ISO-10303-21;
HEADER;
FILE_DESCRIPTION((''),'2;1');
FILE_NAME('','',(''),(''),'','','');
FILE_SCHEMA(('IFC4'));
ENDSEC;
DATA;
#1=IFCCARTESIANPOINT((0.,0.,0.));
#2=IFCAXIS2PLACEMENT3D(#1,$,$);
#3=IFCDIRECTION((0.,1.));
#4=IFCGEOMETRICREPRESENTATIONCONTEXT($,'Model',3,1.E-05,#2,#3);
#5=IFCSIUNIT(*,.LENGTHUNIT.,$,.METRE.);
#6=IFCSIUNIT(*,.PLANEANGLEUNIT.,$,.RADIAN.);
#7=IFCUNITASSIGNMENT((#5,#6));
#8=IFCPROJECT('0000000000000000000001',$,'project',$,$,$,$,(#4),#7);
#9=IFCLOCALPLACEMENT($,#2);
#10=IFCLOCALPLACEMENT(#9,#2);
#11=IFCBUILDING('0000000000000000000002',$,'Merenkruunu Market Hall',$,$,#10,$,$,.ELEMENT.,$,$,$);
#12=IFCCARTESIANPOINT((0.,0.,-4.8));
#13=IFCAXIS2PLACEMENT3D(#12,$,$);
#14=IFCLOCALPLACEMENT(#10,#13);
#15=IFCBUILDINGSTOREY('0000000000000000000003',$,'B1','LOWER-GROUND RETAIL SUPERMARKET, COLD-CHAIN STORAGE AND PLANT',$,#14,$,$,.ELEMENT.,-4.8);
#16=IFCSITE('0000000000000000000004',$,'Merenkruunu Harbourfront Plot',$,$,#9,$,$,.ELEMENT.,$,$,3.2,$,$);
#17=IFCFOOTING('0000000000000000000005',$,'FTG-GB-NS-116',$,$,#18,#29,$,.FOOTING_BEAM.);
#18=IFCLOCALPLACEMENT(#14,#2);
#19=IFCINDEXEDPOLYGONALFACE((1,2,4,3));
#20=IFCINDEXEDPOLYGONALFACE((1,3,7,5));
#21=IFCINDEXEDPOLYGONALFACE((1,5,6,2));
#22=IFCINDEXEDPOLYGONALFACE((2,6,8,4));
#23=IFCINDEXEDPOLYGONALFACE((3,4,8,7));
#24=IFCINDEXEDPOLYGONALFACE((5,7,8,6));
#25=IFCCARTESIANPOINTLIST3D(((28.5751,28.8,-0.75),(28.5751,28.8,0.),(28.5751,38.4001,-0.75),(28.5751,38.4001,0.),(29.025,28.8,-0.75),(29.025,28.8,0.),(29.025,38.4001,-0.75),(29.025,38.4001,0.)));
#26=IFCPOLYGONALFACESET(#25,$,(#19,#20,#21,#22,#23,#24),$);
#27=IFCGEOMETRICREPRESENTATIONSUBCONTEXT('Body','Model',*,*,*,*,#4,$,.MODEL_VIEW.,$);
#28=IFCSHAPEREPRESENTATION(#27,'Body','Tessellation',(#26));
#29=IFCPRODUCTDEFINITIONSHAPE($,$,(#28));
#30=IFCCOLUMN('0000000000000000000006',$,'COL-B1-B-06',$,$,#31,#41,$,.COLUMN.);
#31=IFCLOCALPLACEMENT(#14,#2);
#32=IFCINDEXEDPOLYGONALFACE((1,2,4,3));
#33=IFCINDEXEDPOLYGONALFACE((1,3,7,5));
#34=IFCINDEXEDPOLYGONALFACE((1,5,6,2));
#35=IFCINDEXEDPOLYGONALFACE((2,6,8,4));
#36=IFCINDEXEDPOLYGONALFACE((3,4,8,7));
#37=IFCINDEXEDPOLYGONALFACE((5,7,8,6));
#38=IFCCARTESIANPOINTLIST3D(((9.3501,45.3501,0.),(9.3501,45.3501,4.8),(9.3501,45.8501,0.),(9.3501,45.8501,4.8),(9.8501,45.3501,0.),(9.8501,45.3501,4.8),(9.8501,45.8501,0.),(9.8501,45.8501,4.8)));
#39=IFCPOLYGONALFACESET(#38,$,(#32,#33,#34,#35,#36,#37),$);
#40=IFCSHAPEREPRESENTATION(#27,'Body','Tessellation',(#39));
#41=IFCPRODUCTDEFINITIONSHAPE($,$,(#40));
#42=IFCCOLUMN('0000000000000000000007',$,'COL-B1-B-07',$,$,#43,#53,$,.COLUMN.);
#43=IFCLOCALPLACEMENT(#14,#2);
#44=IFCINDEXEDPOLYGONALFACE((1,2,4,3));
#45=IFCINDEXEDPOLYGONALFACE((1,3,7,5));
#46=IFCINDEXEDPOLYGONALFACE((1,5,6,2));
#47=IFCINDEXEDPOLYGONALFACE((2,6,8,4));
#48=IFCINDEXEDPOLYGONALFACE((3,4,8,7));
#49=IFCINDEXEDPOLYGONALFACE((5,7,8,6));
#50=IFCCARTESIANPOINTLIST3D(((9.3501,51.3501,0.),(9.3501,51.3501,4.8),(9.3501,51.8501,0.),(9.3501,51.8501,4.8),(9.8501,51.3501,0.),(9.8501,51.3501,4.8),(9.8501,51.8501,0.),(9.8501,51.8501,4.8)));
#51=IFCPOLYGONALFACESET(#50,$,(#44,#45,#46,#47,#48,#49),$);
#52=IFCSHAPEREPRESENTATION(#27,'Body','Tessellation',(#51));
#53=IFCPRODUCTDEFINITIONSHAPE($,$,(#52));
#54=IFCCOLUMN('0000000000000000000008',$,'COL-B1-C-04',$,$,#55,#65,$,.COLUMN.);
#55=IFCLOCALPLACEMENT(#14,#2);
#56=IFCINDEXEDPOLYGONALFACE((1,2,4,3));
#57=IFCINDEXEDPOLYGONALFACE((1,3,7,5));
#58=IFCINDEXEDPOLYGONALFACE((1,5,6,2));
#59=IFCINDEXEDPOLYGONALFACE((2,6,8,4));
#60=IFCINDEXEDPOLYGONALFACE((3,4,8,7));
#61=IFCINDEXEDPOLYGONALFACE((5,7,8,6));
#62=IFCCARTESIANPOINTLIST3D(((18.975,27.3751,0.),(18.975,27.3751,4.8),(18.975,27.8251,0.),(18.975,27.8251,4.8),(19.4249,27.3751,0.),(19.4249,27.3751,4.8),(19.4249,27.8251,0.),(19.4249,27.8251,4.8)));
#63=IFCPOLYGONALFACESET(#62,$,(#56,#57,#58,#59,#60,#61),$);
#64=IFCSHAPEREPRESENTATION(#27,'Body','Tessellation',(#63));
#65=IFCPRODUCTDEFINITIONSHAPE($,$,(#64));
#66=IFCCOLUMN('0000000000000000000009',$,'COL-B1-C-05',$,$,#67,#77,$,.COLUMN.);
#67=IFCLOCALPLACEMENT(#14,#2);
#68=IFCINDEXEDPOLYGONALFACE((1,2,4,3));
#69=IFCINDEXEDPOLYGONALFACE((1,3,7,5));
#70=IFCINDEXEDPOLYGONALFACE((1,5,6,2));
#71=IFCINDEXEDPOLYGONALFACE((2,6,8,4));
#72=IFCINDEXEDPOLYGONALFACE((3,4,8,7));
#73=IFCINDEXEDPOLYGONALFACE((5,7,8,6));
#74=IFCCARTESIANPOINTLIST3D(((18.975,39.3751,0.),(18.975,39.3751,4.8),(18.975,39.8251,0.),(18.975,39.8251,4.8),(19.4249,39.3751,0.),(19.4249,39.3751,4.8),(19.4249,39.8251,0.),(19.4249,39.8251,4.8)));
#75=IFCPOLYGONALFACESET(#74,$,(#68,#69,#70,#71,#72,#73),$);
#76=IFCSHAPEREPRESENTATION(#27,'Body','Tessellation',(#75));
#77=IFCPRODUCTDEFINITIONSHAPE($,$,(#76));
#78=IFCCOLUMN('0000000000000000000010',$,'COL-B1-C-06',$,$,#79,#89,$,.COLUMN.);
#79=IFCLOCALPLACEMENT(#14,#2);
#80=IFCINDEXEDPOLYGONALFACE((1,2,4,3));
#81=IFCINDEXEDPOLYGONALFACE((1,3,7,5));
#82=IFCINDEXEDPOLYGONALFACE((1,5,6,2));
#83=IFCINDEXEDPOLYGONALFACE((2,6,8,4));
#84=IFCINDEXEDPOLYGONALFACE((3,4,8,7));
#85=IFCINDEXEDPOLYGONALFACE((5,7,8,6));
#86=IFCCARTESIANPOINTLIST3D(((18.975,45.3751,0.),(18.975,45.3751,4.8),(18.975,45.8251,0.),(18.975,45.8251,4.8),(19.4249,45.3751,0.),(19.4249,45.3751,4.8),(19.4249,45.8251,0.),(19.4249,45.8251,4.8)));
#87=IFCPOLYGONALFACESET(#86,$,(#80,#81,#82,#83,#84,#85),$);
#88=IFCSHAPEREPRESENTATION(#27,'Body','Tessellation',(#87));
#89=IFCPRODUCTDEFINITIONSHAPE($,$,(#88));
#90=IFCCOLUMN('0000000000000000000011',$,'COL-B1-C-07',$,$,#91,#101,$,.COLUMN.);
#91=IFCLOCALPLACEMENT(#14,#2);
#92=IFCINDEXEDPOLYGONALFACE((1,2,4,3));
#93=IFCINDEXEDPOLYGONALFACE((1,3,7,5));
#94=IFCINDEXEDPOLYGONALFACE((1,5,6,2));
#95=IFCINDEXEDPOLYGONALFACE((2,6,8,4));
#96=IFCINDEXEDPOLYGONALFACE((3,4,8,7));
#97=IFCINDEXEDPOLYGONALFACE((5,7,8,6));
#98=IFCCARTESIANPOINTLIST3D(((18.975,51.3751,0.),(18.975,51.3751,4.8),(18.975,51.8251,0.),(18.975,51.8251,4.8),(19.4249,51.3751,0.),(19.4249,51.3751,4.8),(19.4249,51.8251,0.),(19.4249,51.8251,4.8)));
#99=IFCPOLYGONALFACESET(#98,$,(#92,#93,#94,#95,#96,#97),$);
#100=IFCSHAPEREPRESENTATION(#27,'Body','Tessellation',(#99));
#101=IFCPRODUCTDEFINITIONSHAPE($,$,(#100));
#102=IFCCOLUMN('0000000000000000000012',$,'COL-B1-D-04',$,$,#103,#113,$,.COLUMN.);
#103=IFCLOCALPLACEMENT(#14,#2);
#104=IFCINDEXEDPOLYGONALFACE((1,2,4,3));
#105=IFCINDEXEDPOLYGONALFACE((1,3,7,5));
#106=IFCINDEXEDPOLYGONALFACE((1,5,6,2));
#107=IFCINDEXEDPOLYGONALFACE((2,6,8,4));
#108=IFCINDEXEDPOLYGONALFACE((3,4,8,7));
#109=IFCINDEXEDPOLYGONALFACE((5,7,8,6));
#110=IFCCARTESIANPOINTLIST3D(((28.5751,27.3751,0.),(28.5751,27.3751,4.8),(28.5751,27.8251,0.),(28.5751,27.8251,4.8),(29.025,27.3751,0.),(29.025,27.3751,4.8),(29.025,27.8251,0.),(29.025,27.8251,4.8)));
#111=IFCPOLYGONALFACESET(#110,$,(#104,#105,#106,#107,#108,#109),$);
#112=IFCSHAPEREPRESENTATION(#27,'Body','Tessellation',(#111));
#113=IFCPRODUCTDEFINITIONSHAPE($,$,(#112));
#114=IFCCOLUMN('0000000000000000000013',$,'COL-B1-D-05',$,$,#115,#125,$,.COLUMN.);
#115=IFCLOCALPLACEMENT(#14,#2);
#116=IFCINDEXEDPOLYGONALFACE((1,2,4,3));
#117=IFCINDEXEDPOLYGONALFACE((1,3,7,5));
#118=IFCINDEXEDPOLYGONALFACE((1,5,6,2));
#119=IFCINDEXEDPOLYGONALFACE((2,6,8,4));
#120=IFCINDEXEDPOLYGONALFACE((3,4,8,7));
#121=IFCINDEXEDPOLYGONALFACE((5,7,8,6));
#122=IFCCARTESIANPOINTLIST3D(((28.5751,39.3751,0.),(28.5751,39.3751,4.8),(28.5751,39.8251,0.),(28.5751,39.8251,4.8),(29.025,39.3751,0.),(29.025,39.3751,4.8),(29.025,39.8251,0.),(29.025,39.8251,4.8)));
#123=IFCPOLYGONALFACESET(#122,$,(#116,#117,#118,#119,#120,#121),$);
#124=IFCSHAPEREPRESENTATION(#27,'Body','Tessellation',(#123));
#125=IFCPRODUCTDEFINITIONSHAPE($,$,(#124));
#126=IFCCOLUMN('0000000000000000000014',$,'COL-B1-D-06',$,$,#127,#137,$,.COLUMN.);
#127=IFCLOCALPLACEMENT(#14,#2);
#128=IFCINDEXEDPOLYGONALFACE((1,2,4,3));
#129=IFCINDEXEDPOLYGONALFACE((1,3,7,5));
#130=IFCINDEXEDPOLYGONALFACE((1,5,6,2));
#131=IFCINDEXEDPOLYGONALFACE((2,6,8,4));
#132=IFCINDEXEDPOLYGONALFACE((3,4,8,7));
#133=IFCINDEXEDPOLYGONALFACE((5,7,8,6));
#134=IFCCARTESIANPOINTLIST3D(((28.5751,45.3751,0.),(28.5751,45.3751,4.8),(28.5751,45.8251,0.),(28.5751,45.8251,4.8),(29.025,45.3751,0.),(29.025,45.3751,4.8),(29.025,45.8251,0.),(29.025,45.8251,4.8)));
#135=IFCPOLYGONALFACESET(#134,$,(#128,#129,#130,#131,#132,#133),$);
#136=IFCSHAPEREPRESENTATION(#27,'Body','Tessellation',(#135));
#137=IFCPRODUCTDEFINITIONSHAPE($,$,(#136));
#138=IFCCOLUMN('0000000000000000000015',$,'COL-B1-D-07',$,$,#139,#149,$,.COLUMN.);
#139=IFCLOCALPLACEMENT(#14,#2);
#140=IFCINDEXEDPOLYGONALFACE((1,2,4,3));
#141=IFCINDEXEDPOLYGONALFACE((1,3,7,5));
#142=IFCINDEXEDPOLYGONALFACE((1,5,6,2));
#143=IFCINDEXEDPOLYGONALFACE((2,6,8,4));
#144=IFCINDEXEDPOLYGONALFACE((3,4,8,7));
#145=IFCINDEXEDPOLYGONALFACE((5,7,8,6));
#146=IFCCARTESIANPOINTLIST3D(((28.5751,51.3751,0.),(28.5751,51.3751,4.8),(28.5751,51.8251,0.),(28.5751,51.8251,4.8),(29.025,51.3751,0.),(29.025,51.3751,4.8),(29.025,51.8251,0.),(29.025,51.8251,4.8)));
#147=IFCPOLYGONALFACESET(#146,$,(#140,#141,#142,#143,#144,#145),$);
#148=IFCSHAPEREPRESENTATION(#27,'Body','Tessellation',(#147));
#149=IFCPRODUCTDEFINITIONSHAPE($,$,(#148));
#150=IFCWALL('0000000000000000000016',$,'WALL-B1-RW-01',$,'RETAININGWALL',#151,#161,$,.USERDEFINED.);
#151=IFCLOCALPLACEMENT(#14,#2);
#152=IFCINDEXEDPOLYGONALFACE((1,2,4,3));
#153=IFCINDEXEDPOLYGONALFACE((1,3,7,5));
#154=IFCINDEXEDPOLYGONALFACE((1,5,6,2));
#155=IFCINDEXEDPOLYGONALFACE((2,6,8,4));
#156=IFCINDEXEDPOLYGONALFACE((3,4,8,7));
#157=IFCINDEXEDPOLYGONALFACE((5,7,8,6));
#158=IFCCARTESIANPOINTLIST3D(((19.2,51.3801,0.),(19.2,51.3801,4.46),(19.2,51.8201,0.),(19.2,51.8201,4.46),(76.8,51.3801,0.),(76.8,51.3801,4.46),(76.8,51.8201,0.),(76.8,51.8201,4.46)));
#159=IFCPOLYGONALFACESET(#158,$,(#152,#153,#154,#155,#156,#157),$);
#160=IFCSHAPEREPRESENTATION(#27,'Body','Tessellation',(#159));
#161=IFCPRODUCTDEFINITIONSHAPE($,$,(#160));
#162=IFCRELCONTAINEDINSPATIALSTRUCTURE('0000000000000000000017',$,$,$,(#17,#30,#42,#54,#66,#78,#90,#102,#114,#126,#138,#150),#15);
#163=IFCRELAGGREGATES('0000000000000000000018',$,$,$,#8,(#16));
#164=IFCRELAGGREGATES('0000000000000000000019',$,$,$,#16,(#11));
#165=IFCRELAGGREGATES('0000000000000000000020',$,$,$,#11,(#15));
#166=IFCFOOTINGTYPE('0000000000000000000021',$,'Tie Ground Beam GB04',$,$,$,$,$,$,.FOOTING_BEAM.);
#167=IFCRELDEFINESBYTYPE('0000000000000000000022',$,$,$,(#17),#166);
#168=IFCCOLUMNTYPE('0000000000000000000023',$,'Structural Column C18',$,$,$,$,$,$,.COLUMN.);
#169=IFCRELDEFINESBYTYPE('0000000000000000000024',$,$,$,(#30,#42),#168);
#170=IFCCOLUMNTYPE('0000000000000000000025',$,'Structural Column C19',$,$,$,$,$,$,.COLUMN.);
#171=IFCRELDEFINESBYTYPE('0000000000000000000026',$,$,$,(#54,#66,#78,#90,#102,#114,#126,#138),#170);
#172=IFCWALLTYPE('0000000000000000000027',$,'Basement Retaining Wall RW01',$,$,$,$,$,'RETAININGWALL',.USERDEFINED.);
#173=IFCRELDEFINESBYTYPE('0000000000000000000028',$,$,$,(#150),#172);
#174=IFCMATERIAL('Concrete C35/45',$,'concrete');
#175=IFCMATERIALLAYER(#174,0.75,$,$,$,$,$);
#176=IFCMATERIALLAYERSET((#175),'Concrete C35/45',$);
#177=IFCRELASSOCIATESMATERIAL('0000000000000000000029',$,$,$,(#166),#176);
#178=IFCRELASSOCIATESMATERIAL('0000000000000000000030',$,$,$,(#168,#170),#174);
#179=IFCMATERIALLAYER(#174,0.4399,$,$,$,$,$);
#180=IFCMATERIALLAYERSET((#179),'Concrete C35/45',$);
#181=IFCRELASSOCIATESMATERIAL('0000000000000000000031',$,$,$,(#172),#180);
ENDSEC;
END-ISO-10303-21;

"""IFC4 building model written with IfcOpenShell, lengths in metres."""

from ifc_helpers import new_model, si_unit, direction, frame, frame_2d, origin, origin_2d, place, context, subcontext, project, spatial, rectangle, extrude, material, layer, layer_set, material_profile, profile_set, type_object, element, save


model = new_model("IFC4")

# Units and contexts
model_context = context("Model", 3, precision=1e-05, world=origin(), true_north=direction((0.0, 1.0)))
body_context = subcontext(model_context, "Body", "Model", "MODEL_VIEW")
ifc_project = project(units=[si_unit("LENGTHUNIT", "METRE"), si_unit("PLANEANGLEUNIT", "RADIAN")], contexts=[model_context])

# Site, building, storey
site_placement = place(None, origin())
site = spatial("IfcSite", under=ifc_project, at=site_placement, Name="Merenkruunu Harbourfront Plot", CompositionType="ELEMENT", RefElevation=3.2)
building_placement = place(site_placement, origin())
building = spatial("IfcBuilding", under=site, at=building_placement, Name="Merenkruunu Market Hall", CompositionType="ELEMENT")
storey_placement = place(building_placement, frame((0.0, 0.0, -4.8)))
storey = spatial("IfcBuildingStorey", under=building, at=storey_placement, Name="B1", Description="LOWER-GROUND RETAIL SUPERMARKET, COLD-CHAIN STORAGE AND PLANT", CompositionType="ELEMENT", Elevation=-4.8)

# Shared definitions
ifc_material = material(Name="Concrete C35/45", Category="concrete")

# Footing
ifc_layer_1 = layer(ifc_material, 0.75)
ifc_layer_set_1 = layer_set([ifc_layer_1], Name="Concrete C35/45")
footing_type_1 = type_object("IfcFootingType", Name="Tie Ground Beam GB04", PredefinedType="FOOTING_BEAM", material=ifc_layer_set_1)
for number, where, z_axis, x_axis, name in (
    (1, (28.8, 33.6001, -0.75), (0.0, 0.0, 1.0), (0.0, 1.0, 0.0), "FTG-GB-NS-116"),
):
    element("IfcFooting", number, at=place(storey_placement, frame(where, z_axis=z_axis, x_axis=x_axis)), inside=storey, type_object=footing_type_1, Name=name, PredefinedType="FOOTING_BEAM", context=body_context, shape_type="SweptSolid", body=[
        extrude(rectangle(XDim=9.6001, YDim=0.45, at=origin_2d()), origin(), (0.0, 0.0, 1.0), 0.75),
    ])

# Columns
ifc_material_profile_1 = material_profile(ifc_material, rectangle(XDim=0.5, YDim=0.5, at=origin_2d()), Name="RC 500x500")
ifc_profile_set_1 = profile_set([ifc_material_profile_1], Name="Concrete C35/45")
column_type_1 = type_object("IfcColumnType", Name="Structural Column C18", PredefinedType="COLUMN", material=ifc_profile_set_1)
for number, where, z_axis, x_axis, name in (
    (2, (9.6001, 45.6001, 0.0), (0.0, 0.0, 1.0), (1.0, 0.0, 0.0), "COL-B1-B-06"),
    (3, (9.6001, 51.6001, 0.0), (0.0, 0.0, 1.0), (1.0, 0.0, 0.0), "COL-B1-B-07"),
):
    element("IfcColumn", number, at=place(storey_placement, frame(where, z_axis=z_axis, x_axis=x_axis)), inside=storey, type_object=column_type_1, Name=name, PredefinedType="COLUMN", context=body_context, shape_type="SweptSolid", body=[
        extrude(rectangle(XDim=0.5, YDim=0.5, at=origin_2d()), origin(), (0.0, 0.0, 1.0), 4.8),
    ])
ifc_material_profile_2 = material_profile(ifc_material, rectangle(XDim=0.45, YDim=0.45, at=origin_2d()), Name="RC 450x450")
ifc_profile_set_2 = profile_set([ifc_material_profile_2], Name="Concrete C35/45")
column_type_2 = type_object("IfcColumnType", Name="Structural Column C19", PredefinedType="COLUMN", material=ifc_profile_set_2)
for number, where, z_axis, x_axis, name in (
    (4, (19.2, 27.6001, 0.0), (0.0, 0.0, 1.0), (1.0, 0.0, 0.0), "COL-B1-C-04"),
    (5, (19.2, 39.6001, 0.0), (0.0, 0.0, 1.0), (1.0, 0.0, 0.0), "COL-B1-C-05"),
    (6, (19.2, 45.6001, 0.0), (0.0, 0.0, 1.0), (1.0, 0.0, 0.0), "COL-B1-C-06"),
    (7, (19.2, 51.6001, 0.0), (0.0, 0.0, 1.0), (1.0, 0.0, 0.0), "COL-B1-C-07"),
    (8, (28.8, 27.6001, 0.0), (0.0, 0.0, 1.0), (1.0, 0.0, 0.0), "COL-B1-D-04"),
    (9, (28.8, 39.6001, 0.0), (0.0, 0.0, 1.0), (1.0, 0.0, 0.0), "COL-B1-D-05"),
    (10, (28.8, 45.6001, 0.0), (0.0, 0.0, 1.0), (1.0, 0.0, 0.0), "COL-B1-D-06"),
    (11, (28.8, 51.6001, 0.0), (0.0, 0.0, 1.0), (1.0, 0.0, 0.0), "COL-B1-D-07"),
):
    element("IfcColumn", number, at=place(storey_placement, frame(where, z_axis=z_axis, x_axis=x_axis)), inside=storey, type_object=column_type_2, Name=name, PredefinedType="COLUMN", context=body_context, shape_type="SweptSolid", body=[
        extrude(rectangle(XDim=0.45, YDim=0.45, at=origin_2d()), origin(), (0.0, 0.0, 1.0), 4.8),
    ])

# Wall
ifc_layer_2 = layer(ifc_material, 0.4399)
ifc_layer_set_2 = layer_set([ifc_layer_2], Name="Concrete C35/45")
wall_type = type_object("IfcWallType", Name="Basement Retaining Wall RW01", ElementType="RETAININGWALL", PredefinedType="USERDEFINED", material=ifc_layer_set_2)
wall_placement = place(storey_placement, frame((19.2, 51.6001, 0.0), z_axis=(0.0, 0.0, 1.0), x_axis=(1.0, 0.0, 0.0)))
element("IfcWall", 12, at=wall_placement, inside=storey, type_object=wall_type, Name="WALL-B1-RW-01", ObjectType="RETAININGWALL", PredefinedType="USERDEFINED", context=body_context, shape_type="SweptSolid", body=[
    extrude(rectangle(XDim=57.6001, YDim=0.4399, at=frame_2d((28.8, 0.0))), origin(), (0.0, 0.0, 1.0), 4.46),
])

save(model, "model.ifc")
